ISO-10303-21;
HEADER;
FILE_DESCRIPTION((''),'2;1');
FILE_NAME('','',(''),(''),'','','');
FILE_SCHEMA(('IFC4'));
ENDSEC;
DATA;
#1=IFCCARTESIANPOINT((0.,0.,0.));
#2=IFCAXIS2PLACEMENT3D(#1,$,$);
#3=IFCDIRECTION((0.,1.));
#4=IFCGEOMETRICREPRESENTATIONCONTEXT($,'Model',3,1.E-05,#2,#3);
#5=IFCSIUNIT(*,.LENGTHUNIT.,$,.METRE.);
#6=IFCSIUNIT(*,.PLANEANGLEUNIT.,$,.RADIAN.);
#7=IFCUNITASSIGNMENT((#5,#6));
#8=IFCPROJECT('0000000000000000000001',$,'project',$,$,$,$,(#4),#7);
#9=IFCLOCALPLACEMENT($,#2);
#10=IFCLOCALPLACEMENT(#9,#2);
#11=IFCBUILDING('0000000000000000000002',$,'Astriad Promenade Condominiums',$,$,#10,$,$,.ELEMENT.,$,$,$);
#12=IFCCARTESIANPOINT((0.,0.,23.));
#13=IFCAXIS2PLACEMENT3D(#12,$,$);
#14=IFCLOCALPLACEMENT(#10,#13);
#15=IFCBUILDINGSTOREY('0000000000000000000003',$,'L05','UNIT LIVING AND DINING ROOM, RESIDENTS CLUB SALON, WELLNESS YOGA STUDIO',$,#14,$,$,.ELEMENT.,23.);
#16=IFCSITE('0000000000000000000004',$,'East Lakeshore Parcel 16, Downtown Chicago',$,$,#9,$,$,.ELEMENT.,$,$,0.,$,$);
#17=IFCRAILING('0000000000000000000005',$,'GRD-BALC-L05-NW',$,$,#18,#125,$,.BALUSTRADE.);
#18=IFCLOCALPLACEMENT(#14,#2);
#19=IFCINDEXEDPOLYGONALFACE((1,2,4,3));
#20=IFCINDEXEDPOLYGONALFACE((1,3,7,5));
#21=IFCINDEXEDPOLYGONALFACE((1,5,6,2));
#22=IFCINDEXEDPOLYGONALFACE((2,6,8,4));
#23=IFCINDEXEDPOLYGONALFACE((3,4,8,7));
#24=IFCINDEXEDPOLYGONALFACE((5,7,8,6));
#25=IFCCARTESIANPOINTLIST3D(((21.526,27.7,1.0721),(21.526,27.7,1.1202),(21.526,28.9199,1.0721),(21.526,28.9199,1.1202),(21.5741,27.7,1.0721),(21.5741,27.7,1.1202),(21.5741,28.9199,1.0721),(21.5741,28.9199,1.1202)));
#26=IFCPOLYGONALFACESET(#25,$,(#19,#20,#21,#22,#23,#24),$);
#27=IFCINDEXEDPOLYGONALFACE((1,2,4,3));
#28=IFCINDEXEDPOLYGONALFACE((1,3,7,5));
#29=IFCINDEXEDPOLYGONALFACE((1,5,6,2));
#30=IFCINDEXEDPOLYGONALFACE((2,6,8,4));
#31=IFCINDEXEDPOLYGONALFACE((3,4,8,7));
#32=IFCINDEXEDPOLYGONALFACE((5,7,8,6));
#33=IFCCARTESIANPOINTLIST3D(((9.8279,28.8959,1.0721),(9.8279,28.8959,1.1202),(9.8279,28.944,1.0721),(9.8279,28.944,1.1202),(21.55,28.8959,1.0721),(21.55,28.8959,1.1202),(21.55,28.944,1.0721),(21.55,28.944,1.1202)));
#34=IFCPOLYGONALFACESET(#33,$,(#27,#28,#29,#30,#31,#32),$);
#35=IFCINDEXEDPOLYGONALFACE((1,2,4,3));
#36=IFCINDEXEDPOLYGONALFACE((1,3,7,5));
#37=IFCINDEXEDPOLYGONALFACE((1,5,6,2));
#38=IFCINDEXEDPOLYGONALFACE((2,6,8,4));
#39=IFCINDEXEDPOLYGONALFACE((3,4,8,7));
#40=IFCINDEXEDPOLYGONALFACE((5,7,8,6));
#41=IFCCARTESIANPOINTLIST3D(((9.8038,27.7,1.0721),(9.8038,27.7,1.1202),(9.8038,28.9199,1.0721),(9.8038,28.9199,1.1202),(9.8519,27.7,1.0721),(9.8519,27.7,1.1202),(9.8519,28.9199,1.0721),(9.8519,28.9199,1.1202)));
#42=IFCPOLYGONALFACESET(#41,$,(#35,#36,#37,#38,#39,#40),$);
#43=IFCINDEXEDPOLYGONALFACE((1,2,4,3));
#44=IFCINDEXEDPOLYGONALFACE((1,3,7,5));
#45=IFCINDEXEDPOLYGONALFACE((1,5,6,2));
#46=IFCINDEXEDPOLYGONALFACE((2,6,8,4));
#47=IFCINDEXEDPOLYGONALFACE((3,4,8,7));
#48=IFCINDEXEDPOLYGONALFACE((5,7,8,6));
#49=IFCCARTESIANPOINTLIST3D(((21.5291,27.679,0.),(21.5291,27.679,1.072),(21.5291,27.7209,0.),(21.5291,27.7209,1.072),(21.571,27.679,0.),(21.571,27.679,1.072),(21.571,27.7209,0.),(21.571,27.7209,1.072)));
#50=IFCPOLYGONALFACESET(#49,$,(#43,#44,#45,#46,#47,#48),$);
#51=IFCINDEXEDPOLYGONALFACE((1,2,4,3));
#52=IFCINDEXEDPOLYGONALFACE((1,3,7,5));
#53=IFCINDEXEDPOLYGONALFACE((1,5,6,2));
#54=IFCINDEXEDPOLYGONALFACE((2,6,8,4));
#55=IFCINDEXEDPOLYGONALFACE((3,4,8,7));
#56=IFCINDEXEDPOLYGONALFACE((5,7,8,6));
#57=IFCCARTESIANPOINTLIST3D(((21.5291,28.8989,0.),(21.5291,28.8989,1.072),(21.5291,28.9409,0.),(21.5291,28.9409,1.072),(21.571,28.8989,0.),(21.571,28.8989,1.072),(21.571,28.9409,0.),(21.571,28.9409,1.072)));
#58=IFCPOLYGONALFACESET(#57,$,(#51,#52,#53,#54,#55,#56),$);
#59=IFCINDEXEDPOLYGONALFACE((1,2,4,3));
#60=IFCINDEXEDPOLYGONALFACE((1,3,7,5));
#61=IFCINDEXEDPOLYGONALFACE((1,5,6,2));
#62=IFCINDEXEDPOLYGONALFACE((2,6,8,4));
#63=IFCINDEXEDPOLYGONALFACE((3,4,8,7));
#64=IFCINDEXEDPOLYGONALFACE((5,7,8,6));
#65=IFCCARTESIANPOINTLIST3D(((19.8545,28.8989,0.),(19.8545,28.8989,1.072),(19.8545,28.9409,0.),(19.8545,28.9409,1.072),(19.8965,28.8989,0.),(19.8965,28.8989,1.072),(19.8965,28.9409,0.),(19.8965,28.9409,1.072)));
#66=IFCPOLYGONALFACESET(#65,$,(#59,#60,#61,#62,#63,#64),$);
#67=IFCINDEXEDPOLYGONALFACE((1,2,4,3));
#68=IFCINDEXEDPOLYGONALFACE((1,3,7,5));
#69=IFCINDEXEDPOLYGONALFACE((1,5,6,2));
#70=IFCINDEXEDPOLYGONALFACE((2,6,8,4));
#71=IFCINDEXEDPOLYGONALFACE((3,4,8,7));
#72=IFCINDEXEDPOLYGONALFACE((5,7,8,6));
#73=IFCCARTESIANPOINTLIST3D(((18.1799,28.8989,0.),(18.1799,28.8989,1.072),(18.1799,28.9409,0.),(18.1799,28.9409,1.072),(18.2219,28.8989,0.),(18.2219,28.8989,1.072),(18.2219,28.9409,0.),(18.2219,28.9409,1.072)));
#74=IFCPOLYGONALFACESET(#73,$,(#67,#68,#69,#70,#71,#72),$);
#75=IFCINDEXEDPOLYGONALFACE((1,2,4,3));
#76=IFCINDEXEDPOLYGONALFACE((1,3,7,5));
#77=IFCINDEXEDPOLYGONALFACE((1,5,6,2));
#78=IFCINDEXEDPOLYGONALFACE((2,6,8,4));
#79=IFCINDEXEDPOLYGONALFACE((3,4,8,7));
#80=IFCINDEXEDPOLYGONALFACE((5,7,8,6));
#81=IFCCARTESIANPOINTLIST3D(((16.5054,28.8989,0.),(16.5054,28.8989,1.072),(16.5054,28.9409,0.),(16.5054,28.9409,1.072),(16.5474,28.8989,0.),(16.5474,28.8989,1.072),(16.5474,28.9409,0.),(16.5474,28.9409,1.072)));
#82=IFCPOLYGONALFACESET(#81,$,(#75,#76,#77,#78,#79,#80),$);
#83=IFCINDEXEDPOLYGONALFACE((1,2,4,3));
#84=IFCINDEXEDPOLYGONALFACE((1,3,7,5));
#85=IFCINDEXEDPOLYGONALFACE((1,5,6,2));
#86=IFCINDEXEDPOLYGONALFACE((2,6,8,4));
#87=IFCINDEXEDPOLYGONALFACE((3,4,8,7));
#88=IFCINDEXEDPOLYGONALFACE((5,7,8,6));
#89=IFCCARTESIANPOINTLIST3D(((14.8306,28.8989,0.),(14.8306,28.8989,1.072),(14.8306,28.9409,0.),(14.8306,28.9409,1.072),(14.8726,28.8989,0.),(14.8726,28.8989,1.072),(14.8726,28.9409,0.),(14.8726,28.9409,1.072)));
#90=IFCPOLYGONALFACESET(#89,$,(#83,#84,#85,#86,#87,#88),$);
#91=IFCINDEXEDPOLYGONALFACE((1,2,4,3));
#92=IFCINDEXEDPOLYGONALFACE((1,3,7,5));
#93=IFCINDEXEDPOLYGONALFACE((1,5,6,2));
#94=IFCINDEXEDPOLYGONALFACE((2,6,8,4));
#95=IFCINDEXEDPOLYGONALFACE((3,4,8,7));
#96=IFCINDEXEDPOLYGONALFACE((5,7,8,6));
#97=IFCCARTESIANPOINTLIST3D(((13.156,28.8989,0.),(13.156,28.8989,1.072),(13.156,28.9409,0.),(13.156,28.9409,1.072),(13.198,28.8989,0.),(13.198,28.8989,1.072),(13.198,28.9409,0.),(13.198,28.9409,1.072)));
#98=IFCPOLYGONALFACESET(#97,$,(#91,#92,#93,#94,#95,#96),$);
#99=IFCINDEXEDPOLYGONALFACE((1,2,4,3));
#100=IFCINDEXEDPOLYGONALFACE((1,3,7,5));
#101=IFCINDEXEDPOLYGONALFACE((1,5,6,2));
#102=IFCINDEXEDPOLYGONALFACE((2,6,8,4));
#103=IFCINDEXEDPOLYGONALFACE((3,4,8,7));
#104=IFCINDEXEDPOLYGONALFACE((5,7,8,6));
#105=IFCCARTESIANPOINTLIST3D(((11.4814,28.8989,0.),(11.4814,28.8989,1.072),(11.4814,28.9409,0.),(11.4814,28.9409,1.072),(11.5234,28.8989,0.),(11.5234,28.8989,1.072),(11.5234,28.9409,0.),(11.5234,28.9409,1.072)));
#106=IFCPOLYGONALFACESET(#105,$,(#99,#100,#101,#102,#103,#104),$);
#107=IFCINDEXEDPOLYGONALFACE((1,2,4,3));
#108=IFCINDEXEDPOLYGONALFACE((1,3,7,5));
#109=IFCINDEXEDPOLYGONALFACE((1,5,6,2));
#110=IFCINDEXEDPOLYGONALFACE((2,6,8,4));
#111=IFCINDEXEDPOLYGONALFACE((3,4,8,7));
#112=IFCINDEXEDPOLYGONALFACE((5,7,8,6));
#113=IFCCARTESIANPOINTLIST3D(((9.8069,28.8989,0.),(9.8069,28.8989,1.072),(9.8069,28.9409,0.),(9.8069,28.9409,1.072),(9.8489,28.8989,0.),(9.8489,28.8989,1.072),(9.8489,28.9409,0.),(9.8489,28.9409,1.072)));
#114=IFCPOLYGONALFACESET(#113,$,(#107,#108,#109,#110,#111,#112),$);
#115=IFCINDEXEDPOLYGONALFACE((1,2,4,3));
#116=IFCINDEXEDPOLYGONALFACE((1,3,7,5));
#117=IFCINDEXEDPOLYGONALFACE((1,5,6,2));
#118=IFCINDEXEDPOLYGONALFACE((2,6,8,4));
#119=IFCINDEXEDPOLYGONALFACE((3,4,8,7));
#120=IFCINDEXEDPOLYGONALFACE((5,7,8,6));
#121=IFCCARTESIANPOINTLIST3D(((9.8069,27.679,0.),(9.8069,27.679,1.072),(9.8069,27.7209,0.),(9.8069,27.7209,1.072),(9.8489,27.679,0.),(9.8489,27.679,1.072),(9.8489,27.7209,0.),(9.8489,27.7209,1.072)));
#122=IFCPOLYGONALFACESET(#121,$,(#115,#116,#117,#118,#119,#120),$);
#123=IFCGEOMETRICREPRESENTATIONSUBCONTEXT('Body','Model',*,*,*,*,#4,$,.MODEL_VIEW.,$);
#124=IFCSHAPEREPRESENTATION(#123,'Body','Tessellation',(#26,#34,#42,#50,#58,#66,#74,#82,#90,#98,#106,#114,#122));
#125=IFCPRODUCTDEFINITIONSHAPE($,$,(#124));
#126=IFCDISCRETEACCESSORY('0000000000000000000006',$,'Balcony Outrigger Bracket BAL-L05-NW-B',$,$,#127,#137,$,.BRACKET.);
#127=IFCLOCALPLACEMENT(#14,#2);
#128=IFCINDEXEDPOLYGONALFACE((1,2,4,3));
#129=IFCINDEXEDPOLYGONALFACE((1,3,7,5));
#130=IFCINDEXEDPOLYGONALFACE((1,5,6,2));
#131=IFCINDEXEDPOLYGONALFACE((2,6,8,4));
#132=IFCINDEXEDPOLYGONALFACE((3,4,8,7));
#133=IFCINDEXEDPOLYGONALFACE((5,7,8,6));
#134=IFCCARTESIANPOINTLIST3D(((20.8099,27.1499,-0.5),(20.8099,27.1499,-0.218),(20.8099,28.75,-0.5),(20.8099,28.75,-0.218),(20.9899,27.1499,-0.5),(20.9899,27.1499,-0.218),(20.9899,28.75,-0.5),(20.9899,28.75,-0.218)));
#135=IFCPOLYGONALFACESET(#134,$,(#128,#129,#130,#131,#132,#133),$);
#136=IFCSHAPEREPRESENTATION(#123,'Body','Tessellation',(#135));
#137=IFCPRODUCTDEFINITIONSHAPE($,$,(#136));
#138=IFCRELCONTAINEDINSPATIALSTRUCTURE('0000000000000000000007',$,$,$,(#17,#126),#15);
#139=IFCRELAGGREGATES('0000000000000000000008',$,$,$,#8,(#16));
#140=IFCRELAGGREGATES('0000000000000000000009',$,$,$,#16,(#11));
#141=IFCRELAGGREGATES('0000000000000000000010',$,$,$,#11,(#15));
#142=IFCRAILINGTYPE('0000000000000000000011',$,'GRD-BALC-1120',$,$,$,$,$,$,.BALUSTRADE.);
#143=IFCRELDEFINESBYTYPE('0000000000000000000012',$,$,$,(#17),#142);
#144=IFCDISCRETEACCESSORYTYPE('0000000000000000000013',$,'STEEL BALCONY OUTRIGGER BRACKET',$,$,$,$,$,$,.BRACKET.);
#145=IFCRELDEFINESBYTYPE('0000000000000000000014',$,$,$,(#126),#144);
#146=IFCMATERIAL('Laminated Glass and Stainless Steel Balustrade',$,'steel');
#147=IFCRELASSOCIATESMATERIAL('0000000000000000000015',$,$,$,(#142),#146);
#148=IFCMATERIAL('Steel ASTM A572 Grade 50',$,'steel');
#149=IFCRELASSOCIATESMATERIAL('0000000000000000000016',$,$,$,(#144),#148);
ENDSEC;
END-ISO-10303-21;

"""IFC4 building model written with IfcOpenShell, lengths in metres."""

from ifc_helpers import new_model, si_unit, direction, frame, origin, origin_2d, place, context, subcontext, project, spatial, rectangle, extrude, source, transform, mapped, material, type_object, type_shapes, element, save


model = new_model("IFC4")

# Units and contexts
model_context = context("Model", 3, precision=1e-05, world=origin(), true_north=direction((0.0, 1.0)))
body_context = subcontext(model_context, "Body", "Model", "MODEL_VIEW")
ifc_project = project(units=[si_unit("LENGTHUNIT", "METRE"), si_unit("PLANEANGLEUNIT", "RADIAN")], contexts=[model_context])

# Site, building, storey
site_placement = place(None, origin())
site = spatial("IfcSite", under=ifc_project, at=site_placement, Name="East Lakeshore Parcel 16, Downtown Chicago", CompositionType="ELEMENT", RefElevation=0.0)
building_placement = place(site_placement, origin())
building = spatial("IfcBuilding", under=site, at=building_placement, Name="Astriad Promenade Condominiums", CompositionType="ELEMENT")
storey_placement = place(building_placement, frame((0.0, 0.0, 23.0)))
storey = spatial("IfcBuildingStorey", under=building, at=storey_placement, Name="L05", Description="UNIT LIVING AND DINING ROOM, RESIDENTS CLUB SALON, WELLNESS YOGA STUDIO", CompositionType="ELEMENT", Elevation=23.0)

# Railing
ifc_material_1 = material(Name="Laminated Glass and Stainless Steel Balustrade", Category="steel")
railing_type = type_object("IfcRailingType", Name="GRD-BALC-1120", PredefinedType="BALUSTRADE", material=ifc_material_1)
shared_shape_1 = source(origin(), body_context, "Body", "SweptSolid", [
    extrude(rectangle(XDim=0.0481, YDim=0.0481, at=origin_2d()), frame((0.0, 0.0, 1.0962), z_axis=(0.0, 1.0, 0.0), x_axis=(-1.0, 0.0, 0.0)), (0.0, 0.0, 1.0), 1.22),
    extrude(rectangle(XDim=0.0481, YDim=0.0481, at=origin_2d()), frame((0.0, 1.22, 1.0962), z_axis=(-1.0, 0.0, 0.0), x_axis=(0.0, -1.0, 0.0)), (0.0, 0.0, 1.0), 11.7222),
    extrude(rectangle(XDim=0.0481, YDim=0.0481, at=origin_2d()), frame((-11.7222, 1.22, 1.0962), z_axis=(0.0, -1.0, 0.0), x_axis=(1.0, 0.0, 0.0)), (0.0, 0.0, 1.0), 1.22),
    extrude(rectangle(XDim=0.042, YDim=0.042, at=origin_2d()), origin(), (0.0, 0.0, 1.0), 1.072),
    extrude(rectangle(XDim=0.042, YDim=0.042, at=origin_2d()), frame((0.0, 1.22, 0.0)), (0.0, 0.0, 1.0), 1.072),
    extrude(rectangle(XDim=0.042, YDim=0.042, at=origin_2d()), frame((-1.6746, 1.22, 0.0)), (0.0, 0.0, 1.0), 1.072),
    extrude(rectangle(XDim=0.042, YDim=0.042, at=origin_2d()), frame((-3.3491, 1.22, 0.0)), (0.0, 0.0, 1.0), 1.072),
    extrude(rectangle(XDim=0.042, YDim=0.042, at=origin_2d()), frame((-5.0237, 1.22, 0.0)), (0.0, 0.0, 1.0), 1.072),
    extrude(rectangle(XDim=0.042, YDim=0.042, at=origin_2d()), frame((-6.6985, 1.22, 0.0)), (0.0, 0.0, 1.0), 1.072),
    extrude(rectangle(XDim=0.042, YDim=0.042, at=origin_2d()), frame((-8.373, 1.22, 0.0)), (0.0, 0.0, 1.0), 1.072),
    extrude(rectangle(XDim=0.042, YDim=0.042, at=origin_2d()), frame((-10.0476, 1.22, 0.0)), (0.0, 0.0, 1.0), 1.072),
    extrude(rectangle(XDim=0.042, YDim=0.042, at=origin_2d()), frame((-11.7222, 1.22, 0.0)), (0.0, 0.0, 1.0), 1.072),
    extrude(rectangle(XDim=0.042, YDim=0.042, at=origin_2d()), frame((-11.7222, 0.0, 0.0)), (0.0, 0.0, 1.0), 1.072),
])
type_shapes(railing_type, [shared_shape_1])
railing_placement = place(storey_placement, frame((21.55, 27.7, 0.0)))
element("IfcRailing", 1, at=railing_placement, inside=storey, type_object=railing_type, Name="GRD-BALC-L05-NW", PredefinedType="BALUSTRADE", context=body_context, shape_type="MappedRepresentation", body=[
    mapped(shared_shape_1, transform((0.0, 0.0, 0.0), scale=1.0)),
])

# Discrete accessory
ifc_material_2 = material(Name="Steel ASTM A572 Grade 50", Category="steel")
discrete_accessory_type = type_object("IfcDiscreteAccessoryType", Name="STEEL BALCONY OUTRIGGER BRACKET", PredefinedType="BRACKET", material=ifc_material_2)
shared_shape_2 = source(origin(), body_context, "Body", "SweptSolid", [
    extrude(rectangle(XDim=1.6001, YDim=0.1799, at=origin_2d()), origin(), (0.0, 0.0, 1.0), 0.282),
])
type_shapes(discrete_accessory_type, [shared_shape_2])
discrete_accessory_placement = place(storey_placement, frame((20.8999, 27.95, -0.5), z_axis=(0.0, 0.0, 1.0), x_axis=(0.0, 1.0, 0.0)))
element("IfcDiscreteAccessory", 2, at=discrete_accessory_placement, inside=storey, type_object=discrete_accessory_type, Name="Balcony Outrigger Bracket BAL-L05-NW-B", PredefinedType="BRACKET", context=body_context, shape_type="MappedRepresentation", body=[
    mapped(shared_shape_2, transform((0.0, 0.0, 0.0), scale=1.0)),
])

save(model, "model.ifc")
